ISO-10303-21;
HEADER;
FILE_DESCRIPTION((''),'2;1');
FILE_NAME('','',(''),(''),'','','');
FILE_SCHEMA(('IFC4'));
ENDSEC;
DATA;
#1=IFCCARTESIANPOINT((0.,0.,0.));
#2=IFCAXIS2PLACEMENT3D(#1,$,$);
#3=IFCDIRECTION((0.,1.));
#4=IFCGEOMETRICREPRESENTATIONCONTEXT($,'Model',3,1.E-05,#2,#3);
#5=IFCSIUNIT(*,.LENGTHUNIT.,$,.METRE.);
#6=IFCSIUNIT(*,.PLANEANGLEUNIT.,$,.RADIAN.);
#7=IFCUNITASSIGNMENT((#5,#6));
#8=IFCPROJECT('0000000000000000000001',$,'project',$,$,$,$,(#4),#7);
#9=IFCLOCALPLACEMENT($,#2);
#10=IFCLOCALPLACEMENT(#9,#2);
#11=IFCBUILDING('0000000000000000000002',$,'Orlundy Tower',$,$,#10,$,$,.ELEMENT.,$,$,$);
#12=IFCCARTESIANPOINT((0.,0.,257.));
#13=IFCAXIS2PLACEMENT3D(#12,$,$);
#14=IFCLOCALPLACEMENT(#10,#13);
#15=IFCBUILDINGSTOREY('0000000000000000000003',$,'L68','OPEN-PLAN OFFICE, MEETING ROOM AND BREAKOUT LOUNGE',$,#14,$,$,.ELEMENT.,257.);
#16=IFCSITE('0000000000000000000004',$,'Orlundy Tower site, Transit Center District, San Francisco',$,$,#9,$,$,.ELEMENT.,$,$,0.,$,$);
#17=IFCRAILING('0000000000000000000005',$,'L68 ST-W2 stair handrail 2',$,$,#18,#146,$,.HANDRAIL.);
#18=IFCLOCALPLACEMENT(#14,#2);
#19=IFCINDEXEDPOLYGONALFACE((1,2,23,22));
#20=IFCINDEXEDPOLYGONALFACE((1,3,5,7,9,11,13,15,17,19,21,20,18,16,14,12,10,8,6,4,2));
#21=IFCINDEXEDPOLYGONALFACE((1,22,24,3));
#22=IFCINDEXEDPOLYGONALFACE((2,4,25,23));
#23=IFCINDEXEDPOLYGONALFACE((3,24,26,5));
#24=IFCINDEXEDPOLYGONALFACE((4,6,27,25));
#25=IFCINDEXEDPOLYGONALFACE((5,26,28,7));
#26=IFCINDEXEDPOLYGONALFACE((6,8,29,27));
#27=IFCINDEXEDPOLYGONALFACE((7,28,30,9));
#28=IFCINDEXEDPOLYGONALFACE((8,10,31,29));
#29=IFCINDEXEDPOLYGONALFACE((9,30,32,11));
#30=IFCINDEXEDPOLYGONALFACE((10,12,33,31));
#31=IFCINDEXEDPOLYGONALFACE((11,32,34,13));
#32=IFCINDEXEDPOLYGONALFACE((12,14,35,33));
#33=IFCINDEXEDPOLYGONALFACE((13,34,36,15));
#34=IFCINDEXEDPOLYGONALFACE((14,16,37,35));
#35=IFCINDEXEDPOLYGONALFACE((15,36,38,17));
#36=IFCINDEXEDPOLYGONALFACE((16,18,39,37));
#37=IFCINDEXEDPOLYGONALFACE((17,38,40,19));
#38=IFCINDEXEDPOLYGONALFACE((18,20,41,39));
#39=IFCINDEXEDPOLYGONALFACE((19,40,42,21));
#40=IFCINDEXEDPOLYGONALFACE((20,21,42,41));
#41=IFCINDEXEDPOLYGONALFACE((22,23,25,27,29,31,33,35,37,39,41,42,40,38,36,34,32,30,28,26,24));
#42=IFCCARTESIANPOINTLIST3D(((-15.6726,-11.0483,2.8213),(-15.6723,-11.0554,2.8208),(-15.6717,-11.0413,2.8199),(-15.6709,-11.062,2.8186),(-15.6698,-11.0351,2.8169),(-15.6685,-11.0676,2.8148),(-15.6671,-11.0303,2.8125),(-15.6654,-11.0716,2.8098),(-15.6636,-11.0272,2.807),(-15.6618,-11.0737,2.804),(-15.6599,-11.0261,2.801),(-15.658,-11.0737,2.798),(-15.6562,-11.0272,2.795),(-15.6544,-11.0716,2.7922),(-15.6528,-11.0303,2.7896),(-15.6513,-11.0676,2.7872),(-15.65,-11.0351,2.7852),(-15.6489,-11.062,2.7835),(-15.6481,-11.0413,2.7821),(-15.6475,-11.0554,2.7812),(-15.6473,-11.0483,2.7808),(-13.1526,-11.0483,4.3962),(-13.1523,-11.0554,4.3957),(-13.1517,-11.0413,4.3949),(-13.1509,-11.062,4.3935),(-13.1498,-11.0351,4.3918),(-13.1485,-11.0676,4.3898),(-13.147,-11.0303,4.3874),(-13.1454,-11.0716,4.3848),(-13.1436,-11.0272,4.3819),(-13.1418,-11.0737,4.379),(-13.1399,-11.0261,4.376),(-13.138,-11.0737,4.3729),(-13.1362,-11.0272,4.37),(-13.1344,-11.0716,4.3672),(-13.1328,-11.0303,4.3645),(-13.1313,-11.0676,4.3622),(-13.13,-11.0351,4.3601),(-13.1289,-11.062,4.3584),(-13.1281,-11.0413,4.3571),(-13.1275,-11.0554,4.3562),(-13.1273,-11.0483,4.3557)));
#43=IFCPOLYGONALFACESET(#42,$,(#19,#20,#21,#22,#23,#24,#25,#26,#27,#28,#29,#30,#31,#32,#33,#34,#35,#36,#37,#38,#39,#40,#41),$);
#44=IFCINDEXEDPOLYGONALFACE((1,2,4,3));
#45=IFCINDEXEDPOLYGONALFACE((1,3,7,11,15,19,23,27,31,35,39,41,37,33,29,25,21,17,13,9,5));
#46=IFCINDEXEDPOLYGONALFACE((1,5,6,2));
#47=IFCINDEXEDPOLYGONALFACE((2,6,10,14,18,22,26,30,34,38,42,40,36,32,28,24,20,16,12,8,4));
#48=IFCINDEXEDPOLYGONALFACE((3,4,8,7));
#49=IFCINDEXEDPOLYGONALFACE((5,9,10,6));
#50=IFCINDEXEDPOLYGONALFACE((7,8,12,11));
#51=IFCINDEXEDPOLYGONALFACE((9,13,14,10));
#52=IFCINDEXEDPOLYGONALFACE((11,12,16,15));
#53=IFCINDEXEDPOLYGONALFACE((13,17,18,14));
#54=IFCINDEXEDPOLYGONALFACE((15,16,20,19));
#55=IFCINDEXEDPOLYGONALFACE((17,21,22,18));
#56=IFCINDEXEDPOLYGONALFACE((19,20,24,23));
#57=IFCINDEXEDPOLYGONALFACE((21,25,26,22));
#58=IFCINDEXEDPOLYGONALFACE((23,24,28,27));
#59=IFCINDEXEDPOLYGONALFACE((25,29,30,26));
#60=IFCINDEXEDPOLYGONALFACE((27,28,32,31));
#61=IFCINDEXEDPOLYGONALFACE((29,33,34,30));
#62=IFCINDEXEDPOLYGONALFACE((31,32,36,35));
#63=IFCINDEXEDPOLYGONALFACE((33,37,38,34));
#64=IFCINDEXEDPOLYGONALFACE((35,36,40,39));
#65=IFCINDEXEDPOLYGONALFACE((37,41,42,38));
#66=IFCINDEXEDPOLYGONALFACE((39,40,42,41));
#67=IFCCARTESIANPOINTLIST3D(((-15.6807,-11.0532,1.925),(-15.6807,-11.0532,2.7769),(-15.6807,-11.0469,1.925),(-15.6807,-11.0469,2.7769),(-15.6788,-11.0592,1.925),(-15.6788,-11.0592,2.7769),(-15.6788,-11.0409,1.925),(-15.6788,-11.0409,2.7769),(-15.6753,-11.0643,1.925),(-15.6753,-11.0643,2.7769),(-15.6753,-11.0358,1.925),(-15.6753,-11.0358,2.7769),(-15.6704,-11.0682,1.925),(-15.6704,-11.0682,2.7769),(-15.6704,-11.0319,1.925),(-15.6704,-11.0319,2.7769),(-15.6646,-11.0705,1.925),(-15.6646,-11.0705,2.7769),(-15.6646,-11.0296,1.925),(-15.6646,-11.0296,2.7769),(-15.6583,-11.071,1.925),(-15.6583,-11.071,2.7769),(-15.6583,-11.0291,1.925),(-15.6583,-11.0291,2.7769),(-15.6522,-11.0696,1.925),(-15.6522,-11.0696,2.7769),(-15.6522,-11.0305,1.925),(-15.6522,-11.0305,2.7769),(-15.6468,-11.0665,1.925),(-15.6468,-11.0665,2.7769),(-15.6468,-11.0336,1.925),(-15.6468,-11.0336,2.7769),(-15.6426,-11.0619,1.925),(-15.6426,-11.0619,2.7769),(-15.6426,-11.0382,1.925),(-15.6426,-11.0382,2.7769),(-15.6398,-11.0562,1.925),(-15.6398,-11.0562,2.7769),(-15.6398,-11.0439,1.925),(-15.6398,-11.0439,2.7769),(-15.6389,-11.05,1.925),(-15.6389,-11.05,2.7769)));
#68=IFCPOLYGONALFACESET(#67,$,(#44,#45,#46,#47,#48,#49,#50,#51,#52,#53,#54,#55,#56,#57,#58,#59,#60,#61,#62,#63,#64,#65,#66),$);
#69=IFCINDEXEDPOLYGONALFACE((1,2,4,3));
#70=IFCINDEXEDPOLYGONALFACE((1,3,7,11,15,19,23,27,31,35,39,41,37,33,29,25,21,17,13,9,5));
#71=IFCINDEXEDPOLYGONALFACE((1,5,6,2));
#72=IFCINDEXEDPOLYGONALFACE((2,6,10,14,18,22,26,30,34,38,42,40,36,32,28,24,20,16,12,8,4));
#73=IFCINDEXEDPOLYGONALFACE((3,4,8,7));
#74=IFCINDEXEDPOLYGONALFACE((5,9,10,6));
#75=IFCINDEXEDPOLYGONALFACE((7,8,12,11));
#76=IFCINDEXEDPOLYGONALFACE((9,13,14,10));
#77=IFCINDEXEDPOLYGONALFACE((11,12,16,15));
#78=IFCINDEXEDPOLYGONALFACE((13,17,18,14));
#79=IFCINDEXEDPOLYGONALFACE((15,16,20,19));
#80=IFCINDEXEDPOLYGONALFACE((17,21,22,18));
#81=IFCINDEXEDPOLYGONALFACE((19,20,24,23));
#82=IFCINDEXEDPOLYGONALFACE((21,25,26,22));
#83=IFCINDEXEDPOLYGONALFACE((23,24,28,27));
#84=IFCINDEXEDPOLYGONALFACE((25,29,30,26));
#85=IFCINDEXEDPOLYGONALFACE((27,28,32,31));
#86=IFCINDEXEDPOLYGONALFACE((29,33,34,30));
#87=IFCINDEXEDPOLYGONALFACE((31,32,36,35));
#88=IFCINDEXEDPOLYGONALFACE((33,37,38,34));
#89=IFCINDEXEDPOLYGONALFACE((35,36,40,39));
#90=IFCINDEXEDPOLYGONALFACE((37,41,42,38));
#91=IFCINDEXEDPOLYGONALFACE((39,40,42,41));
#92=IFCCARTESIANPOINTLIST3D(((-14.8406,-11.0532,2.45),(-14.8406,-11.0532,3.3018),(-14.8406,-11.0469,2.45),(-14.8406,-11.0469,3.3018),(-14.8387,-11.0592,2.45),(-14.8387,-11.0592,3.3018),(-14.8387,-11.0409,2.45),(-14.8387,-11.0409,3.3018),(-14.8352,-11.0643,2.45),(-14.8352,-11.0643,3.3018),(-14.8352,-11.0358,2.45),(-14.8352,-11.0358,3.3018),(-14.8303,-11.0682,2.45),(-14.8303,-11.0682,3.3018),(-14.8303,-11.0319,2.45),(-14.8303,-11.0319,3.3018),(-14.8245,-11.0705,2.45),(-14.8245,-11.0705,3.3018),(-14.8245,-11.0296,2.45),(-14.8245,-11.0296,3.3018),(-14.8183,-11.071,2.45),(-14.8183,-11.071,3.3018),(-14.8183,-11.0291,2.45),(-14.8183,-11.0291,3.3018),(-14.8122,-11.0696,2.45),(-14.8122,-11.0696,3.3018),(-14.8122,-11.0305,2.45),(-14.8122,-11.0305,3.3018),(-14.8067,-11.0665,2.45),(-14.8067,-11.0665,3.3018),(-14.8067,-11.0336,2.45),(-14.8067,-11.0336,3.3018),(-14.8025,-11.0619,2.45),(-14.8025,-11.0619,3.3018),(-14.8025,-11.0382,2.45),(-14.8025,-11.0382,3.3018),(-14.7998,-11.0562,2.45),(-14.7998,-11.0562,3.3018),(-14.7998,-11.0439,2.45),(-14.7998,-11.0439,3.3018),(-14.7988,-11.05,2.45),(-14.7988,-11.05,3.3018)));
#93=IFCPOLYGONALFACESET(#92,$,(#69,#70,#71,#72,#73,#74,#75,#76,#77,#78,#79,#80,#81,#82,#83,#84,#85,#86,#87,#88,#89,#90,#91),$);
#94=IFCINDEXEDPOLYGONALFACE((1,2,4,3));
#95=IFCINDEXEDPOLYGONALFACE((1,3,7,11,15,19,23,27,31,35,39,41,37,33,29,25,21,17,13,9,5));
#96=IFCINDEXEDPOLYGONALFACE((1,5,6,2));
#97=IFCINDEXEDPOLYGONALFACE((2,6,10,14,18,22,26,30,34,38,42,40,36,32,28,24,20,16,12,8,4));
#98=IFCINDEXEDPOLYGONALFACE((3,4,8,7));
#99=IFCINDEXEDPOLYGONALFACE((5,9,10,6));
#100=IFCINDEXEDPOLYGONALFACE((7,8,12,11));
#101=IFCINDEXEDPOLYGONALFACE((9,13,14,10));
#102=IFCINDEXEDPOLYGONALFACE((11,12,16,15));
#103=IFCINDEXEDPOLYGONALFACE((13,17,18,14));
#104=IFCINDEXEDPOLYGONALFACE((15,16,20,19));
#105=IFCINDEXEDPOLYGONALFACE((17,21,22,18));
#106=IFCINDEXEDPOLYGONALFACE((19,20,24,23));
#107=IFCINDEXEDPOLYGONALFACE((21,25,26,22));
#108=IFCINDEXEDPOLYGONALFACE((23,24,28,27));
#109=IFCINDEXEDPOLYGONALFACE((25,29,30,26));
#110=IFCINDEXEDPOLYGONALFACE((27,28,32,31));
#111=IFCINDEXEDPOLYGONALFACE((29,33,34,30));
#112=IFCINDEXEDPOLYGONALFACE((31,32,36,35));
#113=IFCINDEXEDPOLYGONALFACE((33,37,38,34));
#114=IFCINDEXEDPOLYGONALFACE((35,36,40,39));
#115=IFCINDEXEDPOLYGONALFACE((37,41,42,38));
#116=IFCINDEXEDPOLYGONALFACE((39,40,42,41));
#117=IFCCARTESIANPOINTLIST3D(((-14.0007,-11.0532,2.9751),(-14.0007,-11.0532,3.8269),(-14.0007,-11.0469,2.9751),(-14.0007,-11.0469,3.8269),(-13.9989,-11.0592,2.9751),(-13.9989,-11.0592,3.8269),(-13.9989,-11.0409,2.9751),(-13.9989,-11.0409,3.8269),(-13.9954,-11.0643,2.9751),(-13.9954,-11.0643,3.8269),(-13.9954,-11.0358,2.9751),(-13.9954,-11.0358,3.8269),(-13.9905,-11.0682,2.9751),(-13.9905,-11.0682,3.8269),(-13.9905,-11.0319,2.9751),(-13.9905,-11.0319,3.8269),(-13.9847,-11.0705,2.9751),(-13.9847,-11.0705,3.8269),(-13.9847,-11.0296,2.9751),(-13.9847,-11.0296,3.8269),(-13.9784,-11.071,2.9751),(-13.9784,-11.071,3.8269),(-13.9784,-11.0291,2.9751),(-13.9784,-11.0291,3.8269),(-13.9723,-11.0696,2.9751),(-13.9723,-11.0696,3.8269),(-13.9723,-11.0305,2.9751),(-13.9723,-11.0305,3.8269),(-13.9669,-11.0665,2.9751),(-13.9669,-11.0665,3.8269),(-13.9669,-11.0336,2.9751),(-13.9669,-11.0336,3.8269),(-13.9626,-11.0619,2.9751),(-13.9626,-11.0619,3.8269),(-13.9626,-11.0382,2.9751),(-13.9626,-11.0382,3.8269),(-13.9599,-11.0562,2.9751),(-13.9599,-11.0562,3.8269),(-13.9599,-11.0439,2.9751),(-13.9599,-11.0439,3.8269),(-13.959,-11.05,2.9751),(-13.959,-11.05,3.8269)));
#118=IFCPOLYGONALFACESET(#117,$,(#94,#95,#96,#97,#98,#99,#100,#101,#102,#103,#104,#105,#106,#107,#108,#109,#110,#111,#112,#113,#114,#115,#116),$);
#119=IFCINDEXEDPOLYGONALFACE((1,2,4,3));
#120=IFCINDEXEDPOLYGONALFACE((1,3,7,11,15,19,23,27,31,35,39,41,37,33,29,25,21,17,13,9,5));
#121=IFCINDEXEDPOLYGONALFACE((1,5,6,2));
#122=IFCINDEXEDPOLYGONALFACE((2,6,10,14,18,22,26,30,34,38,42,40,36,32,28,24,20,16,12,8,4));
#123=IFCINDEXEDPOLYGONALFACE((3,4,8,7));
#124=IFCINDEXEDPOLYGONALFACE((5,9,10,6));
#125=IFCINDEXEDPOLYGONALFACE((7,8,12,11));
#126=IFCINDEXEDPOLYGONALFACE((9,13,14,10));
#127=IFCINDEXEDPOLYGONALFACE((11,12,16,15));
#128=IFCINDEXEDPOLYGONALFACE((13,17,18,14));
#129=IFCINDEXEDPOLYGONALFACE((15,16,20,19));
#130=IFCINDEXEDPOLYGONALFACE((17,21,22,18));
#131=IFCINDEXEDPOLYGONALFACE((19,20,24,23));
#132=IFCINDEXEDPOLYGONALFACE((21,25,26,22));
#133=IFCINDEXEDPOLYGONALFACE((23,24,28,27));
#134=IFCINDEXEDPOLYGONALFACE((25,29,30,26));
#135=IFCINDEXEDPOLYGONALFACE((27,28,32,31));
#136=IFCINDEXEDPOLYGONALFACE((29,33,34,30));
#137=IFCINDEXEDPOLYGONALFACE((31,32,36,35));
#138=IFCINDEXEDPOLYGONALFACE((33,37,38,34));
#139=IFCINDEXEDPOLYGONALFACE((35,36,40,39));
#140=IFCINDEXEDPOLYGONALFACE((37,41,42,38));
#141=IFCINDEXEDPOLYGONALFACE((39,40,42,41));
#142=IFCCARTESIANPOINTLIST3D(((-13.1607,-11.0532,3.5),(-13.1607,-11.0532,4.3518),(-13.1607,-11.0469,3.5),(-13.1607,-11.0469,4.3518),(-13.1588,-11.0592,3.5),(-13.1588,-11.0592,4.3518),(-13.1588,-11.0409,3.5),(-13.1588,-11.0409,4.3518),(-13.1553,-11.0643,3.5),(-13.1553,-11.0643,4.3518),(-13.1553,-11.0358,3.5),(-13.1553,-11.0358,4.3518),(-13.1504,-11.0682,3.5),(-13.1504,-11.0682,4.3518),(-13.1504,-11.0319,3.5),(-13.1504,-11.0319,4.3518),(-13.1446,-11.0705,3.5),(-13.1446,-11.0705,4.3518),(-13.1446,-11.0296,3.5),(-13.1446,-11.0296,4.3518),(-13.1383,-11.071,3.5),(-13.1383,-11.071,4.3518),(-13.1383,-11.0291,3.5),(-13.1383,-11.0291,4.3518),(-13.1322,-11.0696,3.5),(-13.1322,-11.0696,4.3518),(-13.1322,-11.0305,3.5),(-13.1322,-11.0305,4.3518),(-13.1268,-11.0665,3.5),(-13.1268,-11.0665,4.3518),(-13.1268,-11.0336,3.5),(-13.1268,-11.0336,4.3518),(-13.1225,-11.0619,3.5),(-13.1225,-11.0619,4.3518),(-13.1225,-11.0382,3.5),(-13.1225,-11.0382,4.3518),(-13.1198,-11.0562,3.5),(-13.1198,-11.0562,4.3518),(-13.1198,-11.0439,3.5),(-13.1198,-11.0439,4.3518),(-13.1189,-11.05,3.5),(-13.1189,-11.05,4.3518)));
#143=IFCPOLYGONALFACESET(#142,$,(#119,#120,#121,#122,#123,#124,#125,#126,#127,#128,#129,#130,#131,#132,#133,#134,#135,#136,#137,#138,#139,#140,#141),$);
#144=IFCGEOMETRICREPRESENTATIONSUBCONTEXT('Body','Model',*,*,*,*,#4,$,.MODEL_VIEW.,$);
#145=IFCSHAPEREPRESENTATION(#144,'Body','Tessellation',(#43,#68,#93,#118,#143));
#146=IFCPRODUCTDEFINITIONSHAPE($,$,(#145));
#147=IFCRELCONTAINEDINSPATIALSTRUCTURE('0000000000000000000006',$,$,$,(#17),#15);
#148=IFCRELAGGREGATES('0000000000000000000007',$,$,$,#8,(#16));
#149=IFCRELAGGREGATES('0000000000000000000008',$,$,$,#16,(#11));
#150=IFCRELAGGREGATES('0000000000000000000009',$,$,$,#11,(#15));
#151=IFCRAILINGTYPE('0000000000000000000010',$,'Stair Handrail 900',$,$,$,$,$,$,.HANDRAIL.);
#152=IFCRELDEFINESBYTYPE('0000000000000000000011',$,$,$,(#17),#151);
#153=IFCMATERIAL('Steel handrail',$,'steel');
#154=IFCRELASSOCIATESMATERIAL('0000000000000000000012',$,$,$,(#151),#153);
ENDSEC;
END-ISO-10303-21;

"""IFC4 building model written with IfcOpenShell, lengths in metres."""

from ifc_helpers import new_model, si_unit, direction, frame, origin, origin_2d, place, context, subcontext, project, spatial, circle, extrude, material, type_object, element, save


model = new_model("IFC4")

# Units and contexts
model_context = context("Model", 3, precision=1e-05, world=origin(), true_north=direction((0.0, 1.0)))
body_context = subcontext(model_context, "Body", "Model", "MODEL_VIEW")
ifc_project = project(units=[si_unit("LENGTHUNIT", "METRE"), si_unit("PLANEANGLEUNIT", "RADIAN")], contexts=[model_context])

# Site, building, storey
site_placement = place(None, origin())
site = spatial("IfcSite", under=ifc_project, at=site_placement, Name="Orlundy Tower site, Transit Center District, San Francisco", CompositionType="ELEMENT", RefElevation=0.0)
building_placement = place(site_placement, origin())
building = spatial("IfcBuilding", under=site, at=building_placement, Name="Orlundy Tower", CompositionType="ELEMENT")
storey_placement = place(building_placement, frame((0.0, 0.0, 257.0)))
storey = spatial("IfcBuildingStorey", under=building, at=storey_placement, Name="L68", Description="OPEN-PLAN OFFICE, MEETING ROOM AND BREAKOUT LOUNGE", CompositionType="ELEMENT", Elevation=257.0)

# Railing
ifc_material_1 = material(Name="Steel handrail", Category="steel")
railing_type_1 = type_object("IfcRailingType", Name="Stair Handrail 900", PredefinedType="HANDRAIL", material=ifc_material_1)
railing_1_placement = place(storey_placement, frame((-15.6599, -11.05, 1.925)))
element("IfcRailing", 1, at=railing_1_placement, inside=storey, type_object=railing_type_1, Name="L68 ST-W2 stair handrail 2", PredefinedType="HANDRAIL", context=body_context, shape_type="SweptSolid", body=[
    extrude(circle(Radius=0.0239, at=origin_2d()), frame((0.0, 0.0, 0.876), z_axis=(0.848008, 0.0, 0.529984), x_axis=(0.0, 1.0, 0.0)), (0.0, 0.0, 1.0), 2.9717),
    extrude(circle(Radius=0.021, at=origin_2d()), origin(), (0.0, 0.0, 1.0), 0.8518),
    extrude(circle(Radius=0.021, at=origin_2d()), frame((0.8401, 0.0, 0.5249)), (0.0, 0.0, 1.0), 0.8518),
    extrude(circle(Radius=0.021, at=origin_2d()), frame((1.6799, 0.0, 1.05)), (0.0, 0.0, 1.0), 0.8518),
    extrude(circle(Radius=0.021, at=origin_2d()), frame((2.52, 0.0, 1.575)), (0.0, 0.0, 1.0), 0.8518),
])

save(model, "model.ifc")
